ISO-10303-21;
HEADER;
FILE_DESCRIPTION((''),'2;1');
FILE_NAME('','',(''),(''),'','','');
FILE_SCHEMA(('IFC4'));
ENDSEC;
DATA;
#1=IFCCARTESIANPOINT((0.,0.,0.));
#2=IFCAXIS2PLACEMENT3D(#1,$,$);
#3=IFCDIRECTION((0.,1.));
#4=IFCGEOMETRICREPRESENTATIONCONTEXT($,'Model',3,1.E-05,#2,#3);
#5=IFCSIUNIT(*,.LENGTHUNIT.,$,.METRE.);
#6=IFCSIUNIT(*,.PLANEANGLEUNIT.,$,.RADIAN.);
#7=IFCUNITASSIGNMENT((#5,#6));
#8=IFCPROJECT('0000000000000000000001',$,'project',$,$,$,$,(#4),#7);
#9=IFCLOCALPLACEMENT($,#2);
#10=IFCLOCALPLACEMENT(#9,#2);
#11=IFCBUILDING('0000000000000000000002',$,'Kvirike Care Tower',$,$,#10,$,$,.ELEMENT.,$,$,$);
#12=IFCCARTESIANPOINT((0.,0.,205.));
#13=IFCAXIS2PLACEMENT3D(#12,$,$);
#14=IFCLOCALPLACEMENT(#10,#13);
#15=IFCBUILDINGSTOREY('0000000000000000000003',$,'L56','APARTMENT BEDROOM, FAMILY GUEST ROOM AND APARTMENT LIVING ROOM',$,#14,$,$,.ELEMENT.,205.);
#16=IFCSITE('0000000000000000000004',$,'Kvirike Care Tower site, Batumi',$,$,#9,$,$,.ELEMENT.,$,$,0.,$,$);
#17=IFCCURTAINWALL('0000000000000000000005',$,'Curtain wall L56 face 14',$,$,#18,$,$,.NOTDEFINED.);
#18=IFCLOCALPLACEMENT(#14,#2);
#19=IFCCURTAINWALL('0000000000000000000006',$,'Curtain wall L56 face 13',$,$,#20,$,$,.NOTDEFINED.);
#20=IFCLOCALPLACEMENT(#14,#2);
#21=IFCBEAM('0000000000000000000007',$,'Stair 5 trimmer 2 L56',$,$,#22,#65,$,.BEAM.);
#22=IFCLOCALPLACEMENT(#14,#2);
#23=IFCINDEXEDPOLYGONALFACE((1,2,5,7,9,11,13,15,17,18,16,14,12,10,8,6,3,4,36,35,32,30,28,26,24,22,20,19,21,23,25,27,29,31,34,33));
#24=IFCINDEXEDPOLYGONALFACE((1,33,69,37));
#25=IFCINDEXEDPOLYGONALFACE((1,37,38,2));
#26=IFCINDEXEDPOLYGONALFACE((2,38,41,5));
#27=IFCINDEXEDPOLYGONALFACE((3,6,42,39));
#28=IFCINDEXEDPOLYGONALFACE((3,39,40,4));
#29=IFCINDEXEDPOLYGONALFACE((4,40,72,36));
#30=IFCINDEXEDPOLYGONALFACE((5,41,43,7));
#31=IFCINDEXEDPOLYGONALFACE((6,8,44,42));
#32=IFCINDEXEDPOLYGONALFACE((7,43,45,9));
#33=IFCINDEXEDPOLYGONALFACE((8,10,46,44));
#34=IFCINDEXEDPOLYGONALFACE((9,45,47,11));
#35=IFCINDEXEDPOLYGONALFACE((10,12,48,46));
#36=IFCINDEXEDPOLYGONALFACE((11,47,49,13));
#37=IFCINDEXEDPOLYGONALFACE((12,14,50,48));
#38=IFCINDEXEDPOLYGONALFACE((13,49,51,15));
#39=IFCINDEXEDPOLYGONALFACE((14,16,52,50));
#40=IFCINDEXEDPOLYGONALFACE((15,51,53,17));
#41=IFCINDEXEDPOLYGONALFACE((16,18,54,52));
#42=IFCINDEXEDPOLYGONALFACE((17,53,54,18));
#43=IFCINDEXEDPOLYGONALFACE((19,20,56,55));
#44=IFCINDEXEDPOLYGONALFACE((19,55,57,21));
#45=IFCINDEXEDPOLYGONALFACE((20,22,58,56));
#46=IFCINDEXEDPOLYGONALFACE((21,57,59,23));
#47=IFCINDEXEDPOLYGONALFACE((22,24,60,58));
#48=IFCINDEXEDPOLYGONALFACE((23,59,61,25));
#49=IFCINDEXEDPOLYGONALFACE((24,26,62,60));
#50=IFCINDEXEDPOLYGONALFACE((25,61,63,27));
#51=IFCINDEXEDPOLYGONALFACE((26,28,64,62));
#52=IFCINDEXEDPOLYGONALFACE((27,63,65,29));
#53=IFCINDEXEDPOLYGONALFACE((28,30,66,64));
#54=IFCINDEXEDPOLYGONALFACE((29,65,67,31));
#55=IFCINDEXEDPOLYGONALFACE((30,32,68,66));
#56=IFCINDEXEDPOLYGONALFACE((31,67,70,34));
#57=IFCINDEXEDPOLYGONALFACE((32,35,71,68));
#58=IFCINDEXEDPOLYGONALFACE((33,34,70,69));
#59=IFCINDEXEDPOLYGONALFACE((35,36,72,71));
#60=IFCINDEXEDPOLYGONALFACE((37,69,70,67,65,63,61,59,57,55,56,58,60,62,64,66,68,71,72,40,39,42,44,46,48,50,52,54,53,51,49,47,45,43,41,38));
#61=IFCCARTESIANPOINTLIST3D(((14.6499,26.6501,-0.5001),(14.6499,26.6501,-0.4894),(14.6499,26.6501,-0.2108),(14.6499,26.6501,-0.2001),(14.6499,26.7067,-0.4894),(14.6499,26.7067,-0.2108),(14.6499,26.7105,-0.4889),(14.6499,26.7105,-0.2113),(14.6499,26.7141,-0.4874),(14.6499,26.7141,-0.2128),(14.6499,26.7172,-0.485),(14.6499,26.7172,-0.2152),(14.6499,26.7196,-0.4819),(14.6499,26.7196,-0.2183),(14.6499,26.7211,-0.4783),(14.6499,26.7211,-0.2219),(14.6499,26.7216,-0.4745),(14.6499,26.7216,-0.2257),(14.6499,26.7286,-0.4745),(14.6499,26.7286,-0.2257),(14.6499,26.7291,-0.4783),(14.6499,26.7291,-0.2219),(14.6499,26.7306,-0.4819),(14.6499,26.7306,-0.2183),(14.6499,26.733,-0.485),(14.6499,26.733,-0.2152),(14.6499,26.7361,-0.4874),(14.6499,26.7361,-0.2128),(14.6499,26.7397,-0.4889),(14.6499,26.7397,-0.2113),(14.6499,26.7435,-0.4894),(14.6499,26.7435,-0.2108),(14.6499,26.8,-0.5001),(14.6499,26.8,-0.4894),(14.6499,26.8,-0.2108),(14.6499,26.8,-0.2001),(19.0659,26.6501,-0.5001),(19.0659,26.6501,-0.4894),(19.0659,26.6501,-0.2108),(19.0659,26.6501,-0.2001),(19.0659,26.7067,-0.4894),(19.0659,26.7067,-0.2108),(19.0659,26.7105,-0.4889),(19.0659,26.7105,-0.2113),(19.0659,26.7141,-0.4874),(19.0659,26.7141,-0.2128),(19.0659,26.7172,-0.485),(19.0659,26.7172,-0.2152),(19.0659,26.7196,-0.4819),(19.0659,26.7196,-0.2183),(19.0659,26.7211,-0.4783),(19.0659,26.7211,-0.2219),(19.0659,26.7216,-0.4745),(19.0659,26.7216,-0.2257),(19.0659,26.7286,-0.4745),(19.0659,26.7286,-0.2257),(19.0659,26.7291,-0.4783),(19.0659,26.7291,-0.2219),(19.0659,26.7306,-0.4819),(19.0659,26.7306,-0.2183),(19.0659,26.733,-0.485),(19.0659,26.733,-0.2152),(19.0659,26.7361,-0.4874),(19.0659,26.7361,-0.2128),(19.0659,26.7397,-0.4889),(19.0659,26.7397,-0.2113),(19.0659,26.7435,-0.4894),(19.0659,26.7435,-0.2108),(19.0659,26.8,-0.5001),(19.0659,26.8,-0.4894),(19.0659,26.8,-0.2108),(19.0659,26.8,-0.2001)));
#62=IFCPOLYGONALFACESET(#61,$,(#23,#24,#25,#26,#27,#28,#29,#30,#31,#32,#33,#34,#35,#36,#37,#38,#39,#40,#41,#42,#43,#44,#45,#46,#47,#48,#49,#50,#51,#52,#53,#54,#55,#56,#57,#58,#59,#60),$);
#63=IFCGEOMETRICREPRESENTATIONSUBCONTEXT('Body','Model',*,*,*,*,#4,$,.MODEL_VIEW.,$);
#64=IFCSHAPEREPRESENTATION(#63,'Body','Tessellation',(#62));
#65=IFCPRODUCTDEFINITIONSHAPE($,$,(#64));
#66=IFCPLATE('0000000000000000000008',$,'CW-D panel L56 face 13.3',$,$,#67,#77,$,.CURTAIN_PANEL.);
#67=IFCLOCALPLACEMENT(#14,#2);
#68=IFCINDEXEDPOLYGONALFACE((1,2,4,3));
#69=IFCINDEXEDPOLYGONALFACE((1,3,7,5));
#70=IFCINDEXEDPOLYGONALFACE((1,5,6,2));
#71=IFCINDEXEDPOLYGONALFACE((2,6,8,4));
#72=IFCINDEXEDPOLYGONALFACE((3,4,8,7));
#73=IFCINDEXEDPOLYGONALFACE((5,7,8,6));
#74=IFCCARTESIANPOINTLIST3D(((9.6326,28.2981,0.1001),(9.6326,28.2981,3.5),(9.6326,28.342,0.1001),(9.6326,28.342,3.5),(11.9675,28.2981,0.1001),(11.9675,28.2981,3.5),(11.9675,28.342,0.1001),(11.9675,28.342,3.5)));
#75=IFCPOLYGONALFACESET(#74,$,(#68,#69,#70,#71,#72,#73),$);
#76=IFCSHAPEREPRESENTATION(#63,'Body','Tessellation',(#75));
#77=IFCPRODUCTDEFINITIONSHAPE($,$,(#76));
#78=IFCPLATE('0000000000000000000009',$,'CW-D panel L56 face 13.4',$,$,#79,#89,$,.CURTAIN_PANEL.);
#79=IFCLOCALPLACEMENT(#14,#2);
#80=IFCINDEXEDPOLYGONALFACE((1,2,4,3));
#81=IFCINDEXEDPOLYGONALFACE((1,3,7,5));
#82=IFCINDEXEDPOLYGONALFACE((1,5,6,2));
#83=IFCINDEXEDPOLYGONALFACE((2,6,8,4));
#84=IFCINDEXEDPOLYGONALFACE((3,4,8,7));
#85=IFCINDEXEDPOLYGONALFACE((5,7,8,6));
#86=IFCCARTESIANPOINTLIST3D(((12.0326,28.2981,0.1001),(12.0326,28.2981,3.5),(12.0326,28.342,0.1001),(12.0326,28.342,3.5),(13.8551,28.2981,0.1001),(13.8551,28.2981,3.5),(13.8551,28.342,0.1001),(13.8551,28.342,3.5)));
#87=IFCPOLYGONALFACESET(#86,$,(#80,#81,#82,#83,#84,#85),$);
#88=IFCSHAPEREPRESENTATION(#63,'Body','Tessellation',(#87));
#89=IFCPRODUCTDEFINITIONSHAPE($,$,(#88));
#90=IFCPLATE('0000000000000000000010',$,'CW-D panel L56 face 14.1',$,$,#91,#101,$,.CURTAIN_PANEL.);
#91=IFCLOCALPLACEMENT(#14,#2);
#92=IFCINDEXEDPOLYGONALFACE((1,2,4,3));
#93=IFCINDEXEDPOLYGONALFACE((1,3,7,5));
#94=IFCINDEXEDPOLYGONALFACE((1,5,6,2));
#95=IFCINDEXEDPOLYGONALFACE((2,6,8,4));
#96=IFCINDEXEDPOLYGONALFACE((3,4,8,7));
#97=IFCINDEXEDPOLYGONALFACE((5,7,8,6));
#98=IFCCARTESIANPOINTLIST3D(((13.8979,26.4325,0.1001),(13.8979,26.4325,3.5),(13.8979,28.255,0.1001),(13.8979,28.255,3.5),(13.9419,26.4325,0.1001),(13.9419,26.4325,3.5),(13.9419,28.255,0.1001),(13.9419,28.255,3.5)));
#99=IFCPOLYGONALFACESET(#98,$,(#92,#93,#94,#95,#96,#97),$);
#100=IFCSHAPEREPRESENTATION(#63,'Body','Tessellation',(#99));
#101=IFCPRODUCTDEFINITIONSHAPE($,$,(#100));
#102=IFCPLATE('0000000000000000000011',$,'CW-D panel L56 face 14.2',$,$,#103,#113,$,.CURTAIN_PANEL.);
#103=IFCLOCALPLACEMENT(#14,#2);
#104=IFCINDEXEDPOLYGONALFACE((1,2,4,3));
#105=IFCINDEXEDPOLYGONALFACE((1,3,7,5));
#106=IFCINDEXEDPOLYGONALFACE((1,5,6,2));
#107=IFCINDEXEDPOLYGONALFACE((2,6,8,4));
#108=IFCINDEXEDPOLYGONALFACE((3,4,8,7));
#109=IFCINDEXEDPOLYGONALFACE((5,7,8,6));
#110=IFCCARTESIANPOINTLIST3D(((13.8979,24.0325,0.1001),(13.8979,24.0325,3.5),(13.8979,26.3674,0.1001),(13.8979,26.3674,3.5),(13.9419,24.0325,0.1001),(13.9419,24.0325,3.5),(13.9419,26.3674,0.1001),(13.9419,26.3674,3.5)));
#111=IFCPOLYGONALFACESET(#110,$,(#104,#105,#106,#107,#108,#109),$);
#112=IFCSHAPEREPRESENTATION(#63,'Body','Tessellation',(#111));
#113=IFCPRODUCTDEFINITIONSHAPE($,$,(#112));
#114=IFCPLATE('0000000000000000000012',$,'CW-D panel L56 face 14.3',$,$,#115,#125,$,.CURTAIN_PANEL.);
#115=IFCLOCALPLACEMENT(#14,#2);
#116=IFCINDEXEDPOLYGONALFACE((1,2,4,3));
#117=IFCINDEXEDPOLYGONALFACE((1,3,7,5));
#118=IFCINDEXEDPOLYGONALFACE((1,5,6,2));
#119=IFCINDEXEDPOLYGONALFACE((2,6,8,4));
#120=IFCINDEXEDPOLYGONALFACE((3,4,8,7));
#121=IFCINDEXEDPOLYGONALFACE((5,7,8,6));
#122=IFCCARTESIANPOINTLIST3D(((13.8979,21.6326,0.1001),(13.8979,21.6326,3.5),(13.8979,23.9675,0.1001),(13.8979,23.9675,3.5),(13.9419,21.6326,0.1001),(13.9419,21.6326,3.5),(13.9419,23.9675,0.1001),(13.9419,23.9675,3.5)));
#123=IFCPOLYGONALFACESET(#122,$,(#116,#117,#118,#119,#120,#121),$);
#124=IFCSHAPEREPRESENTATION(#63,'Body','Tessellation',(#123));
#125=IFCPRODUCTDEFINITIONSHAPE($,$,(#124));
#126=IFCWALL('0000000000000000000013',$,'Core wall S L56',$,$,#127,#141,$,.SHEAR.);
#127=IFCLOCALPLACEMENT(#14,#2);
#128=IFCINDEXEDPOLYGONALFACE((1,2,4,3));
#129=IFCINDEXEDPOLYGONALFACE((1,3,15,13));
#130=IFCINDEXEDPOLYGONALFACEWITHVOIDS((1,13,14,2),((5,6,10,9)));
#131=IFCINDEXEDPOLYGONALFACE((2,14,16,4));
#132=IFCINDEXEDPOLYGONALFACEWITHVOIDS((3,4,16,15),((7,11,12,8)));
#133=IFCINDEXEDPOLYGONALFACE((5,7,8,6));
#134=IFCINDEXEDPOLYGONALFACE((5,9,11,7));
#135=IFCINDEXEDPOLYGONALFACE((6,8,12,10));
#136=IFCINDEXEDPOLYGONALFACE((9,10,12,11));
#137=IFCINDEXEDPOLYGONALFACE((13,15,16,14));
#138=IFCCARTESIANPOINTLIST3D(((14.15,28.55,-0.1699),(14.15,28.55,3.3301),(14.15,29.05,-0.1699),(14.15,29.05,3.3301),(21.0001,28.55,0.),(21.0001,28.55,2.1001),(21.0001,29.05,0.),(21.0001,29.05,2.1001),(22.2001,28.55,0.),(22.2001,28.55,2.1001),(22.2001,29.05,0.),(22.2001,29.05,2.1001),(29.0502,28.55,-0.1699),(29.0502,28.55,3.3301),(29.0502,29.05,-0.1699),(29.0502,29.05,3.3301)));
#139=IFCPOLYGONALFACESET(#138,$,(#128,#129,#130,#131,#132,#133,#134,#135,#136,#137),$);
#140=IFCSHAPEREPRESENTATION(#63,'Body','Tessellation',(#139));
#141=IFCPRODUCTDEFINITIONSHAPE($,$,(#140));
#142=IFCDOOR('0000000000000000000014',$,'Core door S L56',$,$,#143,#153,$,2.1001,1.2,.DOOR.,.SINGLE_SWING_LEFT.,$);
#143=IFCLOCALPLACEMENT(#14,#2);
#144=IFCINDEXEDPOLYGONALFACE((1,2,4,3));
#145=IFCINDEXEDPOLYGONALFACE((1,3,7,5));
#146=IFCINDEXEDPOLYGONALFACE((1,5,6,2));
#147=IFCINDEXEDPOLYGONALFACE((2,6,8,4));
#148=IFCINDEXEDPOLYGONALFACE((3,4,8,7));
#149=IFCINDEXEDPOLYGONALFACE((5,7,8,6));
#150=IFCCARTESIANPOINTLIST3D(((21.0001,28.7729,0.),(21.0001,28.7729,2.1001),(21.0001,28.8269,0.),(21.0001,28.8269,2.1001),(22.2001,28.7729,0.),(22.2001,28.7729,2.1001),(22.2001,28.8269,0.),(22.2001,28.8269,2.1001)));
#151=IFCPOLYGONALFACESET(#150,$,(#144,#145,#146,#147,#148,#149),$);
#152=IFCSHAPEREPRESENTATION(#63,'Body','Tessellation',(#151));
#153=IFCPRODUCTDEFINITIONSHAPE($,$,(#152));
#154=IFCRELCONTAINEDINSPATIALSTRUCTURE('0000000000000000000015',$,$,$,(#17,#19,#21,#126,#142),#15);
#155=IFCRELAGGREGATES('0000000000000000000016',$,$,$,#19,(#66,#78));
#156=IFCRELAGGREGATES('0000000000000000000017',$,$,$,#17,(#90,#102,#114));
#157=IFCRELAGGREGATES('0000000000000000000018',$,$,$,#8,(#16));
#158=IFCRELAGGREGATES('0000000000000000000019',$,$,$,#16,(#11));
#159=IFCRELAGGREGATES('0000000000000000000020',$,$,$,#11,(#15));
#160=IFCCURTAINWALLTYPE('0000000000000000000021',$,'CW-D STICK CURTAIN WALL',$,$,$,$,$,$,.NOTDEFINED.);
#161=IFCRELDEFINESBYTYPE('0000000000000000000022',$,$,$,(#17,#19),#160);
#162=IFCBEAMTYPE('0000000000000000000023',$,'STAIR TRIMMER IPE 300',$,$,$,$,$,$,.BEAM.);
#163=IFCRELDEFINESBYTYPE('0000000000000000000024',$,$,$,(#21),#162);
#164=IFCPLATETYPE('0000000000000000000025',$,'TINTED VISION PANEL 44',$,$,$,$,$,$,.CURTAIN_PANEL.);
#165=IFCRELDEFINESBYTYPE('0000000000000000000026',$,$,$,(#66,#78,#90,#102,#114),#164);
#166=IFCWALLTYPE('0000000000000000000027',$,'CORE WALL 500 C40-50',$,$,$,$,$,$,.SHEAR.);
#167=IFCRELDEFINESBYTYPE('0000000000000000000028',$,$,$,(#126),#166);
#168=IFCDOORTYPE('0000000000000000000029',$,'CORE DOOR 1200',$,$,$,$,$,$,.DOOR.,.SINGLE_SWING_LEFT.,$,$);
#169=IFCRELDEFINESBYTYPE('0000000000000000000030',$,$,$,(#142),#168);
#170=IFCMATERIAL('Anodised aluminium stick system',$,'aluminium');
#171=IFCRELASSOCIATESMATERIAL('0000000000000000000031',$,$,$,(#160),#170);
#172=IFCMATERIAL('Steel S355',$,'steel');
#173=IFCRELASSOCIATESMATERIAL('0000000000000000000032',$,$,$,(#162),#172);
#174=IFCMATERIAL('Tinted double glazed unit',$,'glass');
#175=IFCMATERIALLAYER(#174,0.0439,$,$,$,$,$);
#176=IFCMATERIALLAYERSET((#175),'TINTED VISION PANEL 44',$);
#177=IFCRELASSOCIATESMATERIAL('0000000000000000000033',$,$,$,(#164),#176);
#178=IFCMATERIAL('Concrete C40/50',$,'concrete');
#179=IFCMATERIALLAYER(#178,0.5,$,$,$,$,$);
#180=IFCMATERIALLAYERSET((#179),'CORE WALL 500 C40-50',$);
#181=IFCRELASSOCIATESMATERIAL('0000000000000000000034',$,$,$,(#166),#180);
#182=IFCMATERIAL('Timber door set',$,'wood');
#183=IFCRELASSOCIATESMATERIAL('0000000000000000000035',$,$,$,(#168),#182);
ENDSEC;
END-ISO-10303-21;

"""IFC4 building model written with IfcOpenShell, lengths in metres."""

from ifc_helpers import new_model, si_unit, direction, frame, frame_2d, origin, origin_2d, place, context, subcontext, project, spatial, rectangle, i_section, extrude, material, layer, layer_set, material_profile, profile_set, type_object, element, fill, aggregate, save


model = new_model("IFC4")

# Units and contexts
model_context = context("Model", 3, precision=1e-05, world=origin(), true_north=direction((0.0, 1.0)))
body_context = subcontext(model_context, "Body", "Model", "MODEL_VIEW")
ifc_project = project(units=[si_unit("LENGTHUNIT", "METRE"), si_unit("PLANEANGLEUNIT", "RADIAN")], contexts=[model_context])

# Site, building, storey
site_placement = place(None, origin())
site = spatial("IfcSite", under=ifc_project, at=site_placement, Name="Kvirike Care Tower site, Batumi", CompositionType="ELEMENT", RefElevation=0.0)
building_placement = place(site_placement, origin())
building = spatial("IfcBuilding", under=site, at=building_placement, Name="Kvirike Care Tower", CompositionType="ELEMENT")
storey_placement = place(building_placement, frame((0.0, 0.0, 205.0)))
storey = spatial("IfcBuildingStorey", under=building, at=storey_placement, Name="L56", Description="APARTMENT BEDROOM, FAMILY GUEST ROOM AND APARTMENT LIVING ROOM", CompositionType="ELEMENT", Elevation=205.0)

# Curtain wall
ifc_material_1 = material(Name="Anodised aluminium stick system", Category="aluminium")
curtain_wall_type = type_object("IfcCurtainWallType", Name="CW-D STICK CURTAIN WALL", PredefinedType="NOTDEFINED", material=ifc_material_1)
curtain_wall_1_placement = place(storey_placement, origin())
curtain_wall_1 = element("IfcCurtainWall", 1, at=curtain_wall_1_placement, inside=storey, type_object=curtain_wall_type, Name="Curtain wall L56 face 14", PredefinedType="NOTDEFINED")

# Curtain wall
curtain_wall_2_placement = place(storey_placement, origin())
curtain_wall_2 = element("IfcCurtainWall", 2, at=curtain_wall_2_placement, inside=storey, type_object=curtain_wall_type, Name="Curtain wall L56 face 13", PredefinedType="NOTDEFINED")

# Beam
ifc_material_2 = material(Name="Steel S355", Category="steel")
ifc_material_profile_1 = material_profile(ifc_material_2, i_section(OverallWidth=0.1499, OverallDepth=0.3, WebThickness=0.0071, FlangeThickness=0.0107, FilletRadius=0.0149, at=origin_2d()), Name="IPE 300")
ifc_profile_set_1 = profile_set([ifc_material_profile_1], Name="Steel S355")
beam_type_1 = type_object("IfcBeamType", Name="STAIR TRIMMER IPE 300", PredefinedType="BEAM", material=ifc_profile_set_1)
for number, where, z_axis, x_axis, name in (
    (3, (14.6499, 26.7251, -0.3501), (1.0, 0.0, 0.0), (0.0, 1.0, 0.0), "Stair 5 trimmer 2 L56"),
):
    element("IfcBeam", number, at=place(storey_placement, frame(where, z_axis=z_axis, x_axis=x_axis)), inside=storey, type_object=beam_type_1, Name=name, PredefinedType="BEAM", context=body_context, shape_type="SweptSolid", body=[
        extrude(i_section(OverallWidth=0.1499, OverallDepth=0.3, WebThickness=0.0071, FlangeThickness=0.0107, FilletRadius=0.0149, at=origin_2d()), origin(), (0.0, 0.0, 1.0), 4.416),
    ])

# Plates
ifc_material_3 = material(Name="Tinted double glazed unit", Category="glass")
ifc_layer_1 = layer(ifc_material_3, 0.0439)
ifc_layer_set_1 = layer_set([ifc_layer_1], Name="TINTED VISION PANEL 44")
plate_type = type_object("IfcPlateType", Name="TINTED VISION PANEL 44", PredefinedType="CURTAIN_PANEL", material=ifc_layer_set_1)
plate_1_placement = place(storey_placement, frame((10.8, 28.3201, 0.1001), z_axis=(0.0, 0.0, 1.0), x_axis=(1.0, 0.0, 0.0)))
plate_1 = element("IfcPlate", 4, at=plate_1_placement, type_object=plate_type, Name="CW-D panel L56 face 13.3", PredefinedType="CURTAIN_PANEL", context=body_context, shape_type="SweptSolid", body=[
    extrude(rectangle(XDim=2.335, YDim=0.0439, at=origin_2d()), origin(), (0.0, 0.0, 1.0), 3.3999),
])
plate_2_placement = place(storey_placement, frame((12.9438, 28.3201, 0.1001), z_axis=(0.0, 0.0, 1.0), x_axis=(1.0, 0.0, 0.0)))
plate_2 = element("IfcPlate", 5, at=plate_2_placement, type_object=plate_type, Name="CW-D panel L56 face 13.4", PredefinedType="CURTAIN_PANEL", context=body_context, shape_type="SweptSolid", body=[
    extrude(rectangle(XDim=1.8225, YDim=0.0439, at=origin_2d()), origin(), (0.0, 0.0, 1.0), 3.3999),
])
aggregate(curtain_wall_2, [plate_1, plate_2])
plate_3_placement = place(storey_placement, frame((13.9199, 27.3438, 0.1001), z_axis=(0.0, 0.0, 1.0), x_axis=(0.0, -1.0, 0.0)))
plate_3 = element("IfcPlate", 6, at=plate_3_placement, type_object=plate_type, Name="CW-D panel L56 face 14.1", PredefinedType="CURTAIN_PANEL", context=body_context, shape_type="SweptSolid", body=[
    extrude(rectangle(XDim=1.8225, YDim=0.0439, at=origin_2d()), origin(), (0.0, 0.0, 1.0), 3.3999),
])
plate_4_placement = place(storey_placement, frame((13.9199, 25.2, 0.1001), z_axis=(0.0, 0.0, 1.0), x_axis=(0.0, -1.0, 0.0)))
plate_4 = element("IfcPlate", 7, at=plate_4_placement, type_object=plate_type, Name="CW-D panel L56 face 14.2", PredefinedType="CURTAIN_PANEL", context=body_context, shape_type="SweptSolid", body=[
    extrude(rectangle(XDim=2.335, YDim=0.0439, at=origin_2d()), origin(), (0.0, 0.0, 1.0), 3.3999),
])
plate_5_placement = place(storey_placement, frame((13.9199, 22.8, 0.1001), z_axis=(0.0, 0.0, 1.0), x_axis=(0.0, -1.0, 0.0)))
plate_5 = element("IfcPlate", 8, at=plate_5_placement, type_object=plate_type, Name="CW-D panel L56 face 14.3", PredefinedType="CURTAIN_PANEL", context=body_context, shape_type="SweptSolid", body=[
    extrude(rectangle(XDim=2.335, YDim=0.0439, at=origin_2d()), origin(), (0.0, 0.0, 1.0), 3.3999),
])
aggregate(curtain_wall_1, [plate_3, plate_4, plate_5])

# Wall, opening, door
ifc_material_4 = material(Name="Concrete C40/50", Category="concrete")
ifc_layer_2 = layer(ifc_material_4, 0.5)
ifc_layer_set_2 = layer_set([ifc_layer_2], Name="CORE WALL 500 C40-50")
wall_type_1 = type_object("IfcWallType", Name="CORE WALL 500 C40-50", PredefinedType="SHEAR", material=ifc_layer_set_2)
wall_1_placement = place(storey_placement, frame((14.1499, 28.8, -0.1699), z_axis=(0.0, 0.0, 1.0), x_axis=(1.0, 0.0, 0.0)))
wall_1 = element("IfcWall", 9, at=wall_1_placement, inside=storey, type_object=wall_type_1, Name="Core wall S L56", PredefinedType="SHEAR", context=body_context, shape_type="SweptSolid", body=[
    extrude(rectangle(XDim=14.9001, YDim=0.5, at=frame_2d((7.4502, 0.0))), origin(), (0.0, 0.0, 1.0), 3.5),
])
opening_1_placement = place(wall_1_placement, frame((6.8501, 0.0, 0.1699)))
opening_1 = element("IfcOpeningElement", 10, at=opening_1_placement, cuts=wall_1, PredefinedType="OPENING", context=body_context, shape_type="SweptSolid", body=[
    extrude(rectangle(XDim=1.2, YDim=2.1001, at=frame_2d((0.6001, 1.05))), frame((0.0, 0.2605, 0.0), z_axis=(0.0, -1.0, 0.0), x_axis=(1.0, 0.0, 0.0)), (0.0, 0.0, 1.0), 0.521),
])
ifc_material_5 = material(Name="Timber door set", Category="wood")
door_type_1 = type_object("IfcDoorType", Name="CORE DOOR 1200", OperationType="SINGLE_SWING_LEFT", PredefinedType="DOOR", material=ifc_material_5)
door_1_placement = place(opening_1_placement, origin())
door_1 = element("IfcDoor", 11, at=door_1_placement, inside=storey, type_object=door_type_1, Name="Core door S L56", OperationType="SINGLE_SWING_LEFT", OverallHeight=2.1001, OverallWidth=1.2, PredefinedType="DOOR", context=body_context, shape_type="SweptSolid", body=[
    extrude(rectangle(XDim=1.2, YDim=2.1001, at=frame_2d((0.6001, 1.05))), frame((0.0, 0.0269, 0.0), z_axis=(0.0, -1.0, 0.0), x_axis=(1.0, 0.0, 0.0)), (0.0, 0.0, 1.0), 0.054),
])
fill(opening_1, door_1)

save(model, "model.ifc")
